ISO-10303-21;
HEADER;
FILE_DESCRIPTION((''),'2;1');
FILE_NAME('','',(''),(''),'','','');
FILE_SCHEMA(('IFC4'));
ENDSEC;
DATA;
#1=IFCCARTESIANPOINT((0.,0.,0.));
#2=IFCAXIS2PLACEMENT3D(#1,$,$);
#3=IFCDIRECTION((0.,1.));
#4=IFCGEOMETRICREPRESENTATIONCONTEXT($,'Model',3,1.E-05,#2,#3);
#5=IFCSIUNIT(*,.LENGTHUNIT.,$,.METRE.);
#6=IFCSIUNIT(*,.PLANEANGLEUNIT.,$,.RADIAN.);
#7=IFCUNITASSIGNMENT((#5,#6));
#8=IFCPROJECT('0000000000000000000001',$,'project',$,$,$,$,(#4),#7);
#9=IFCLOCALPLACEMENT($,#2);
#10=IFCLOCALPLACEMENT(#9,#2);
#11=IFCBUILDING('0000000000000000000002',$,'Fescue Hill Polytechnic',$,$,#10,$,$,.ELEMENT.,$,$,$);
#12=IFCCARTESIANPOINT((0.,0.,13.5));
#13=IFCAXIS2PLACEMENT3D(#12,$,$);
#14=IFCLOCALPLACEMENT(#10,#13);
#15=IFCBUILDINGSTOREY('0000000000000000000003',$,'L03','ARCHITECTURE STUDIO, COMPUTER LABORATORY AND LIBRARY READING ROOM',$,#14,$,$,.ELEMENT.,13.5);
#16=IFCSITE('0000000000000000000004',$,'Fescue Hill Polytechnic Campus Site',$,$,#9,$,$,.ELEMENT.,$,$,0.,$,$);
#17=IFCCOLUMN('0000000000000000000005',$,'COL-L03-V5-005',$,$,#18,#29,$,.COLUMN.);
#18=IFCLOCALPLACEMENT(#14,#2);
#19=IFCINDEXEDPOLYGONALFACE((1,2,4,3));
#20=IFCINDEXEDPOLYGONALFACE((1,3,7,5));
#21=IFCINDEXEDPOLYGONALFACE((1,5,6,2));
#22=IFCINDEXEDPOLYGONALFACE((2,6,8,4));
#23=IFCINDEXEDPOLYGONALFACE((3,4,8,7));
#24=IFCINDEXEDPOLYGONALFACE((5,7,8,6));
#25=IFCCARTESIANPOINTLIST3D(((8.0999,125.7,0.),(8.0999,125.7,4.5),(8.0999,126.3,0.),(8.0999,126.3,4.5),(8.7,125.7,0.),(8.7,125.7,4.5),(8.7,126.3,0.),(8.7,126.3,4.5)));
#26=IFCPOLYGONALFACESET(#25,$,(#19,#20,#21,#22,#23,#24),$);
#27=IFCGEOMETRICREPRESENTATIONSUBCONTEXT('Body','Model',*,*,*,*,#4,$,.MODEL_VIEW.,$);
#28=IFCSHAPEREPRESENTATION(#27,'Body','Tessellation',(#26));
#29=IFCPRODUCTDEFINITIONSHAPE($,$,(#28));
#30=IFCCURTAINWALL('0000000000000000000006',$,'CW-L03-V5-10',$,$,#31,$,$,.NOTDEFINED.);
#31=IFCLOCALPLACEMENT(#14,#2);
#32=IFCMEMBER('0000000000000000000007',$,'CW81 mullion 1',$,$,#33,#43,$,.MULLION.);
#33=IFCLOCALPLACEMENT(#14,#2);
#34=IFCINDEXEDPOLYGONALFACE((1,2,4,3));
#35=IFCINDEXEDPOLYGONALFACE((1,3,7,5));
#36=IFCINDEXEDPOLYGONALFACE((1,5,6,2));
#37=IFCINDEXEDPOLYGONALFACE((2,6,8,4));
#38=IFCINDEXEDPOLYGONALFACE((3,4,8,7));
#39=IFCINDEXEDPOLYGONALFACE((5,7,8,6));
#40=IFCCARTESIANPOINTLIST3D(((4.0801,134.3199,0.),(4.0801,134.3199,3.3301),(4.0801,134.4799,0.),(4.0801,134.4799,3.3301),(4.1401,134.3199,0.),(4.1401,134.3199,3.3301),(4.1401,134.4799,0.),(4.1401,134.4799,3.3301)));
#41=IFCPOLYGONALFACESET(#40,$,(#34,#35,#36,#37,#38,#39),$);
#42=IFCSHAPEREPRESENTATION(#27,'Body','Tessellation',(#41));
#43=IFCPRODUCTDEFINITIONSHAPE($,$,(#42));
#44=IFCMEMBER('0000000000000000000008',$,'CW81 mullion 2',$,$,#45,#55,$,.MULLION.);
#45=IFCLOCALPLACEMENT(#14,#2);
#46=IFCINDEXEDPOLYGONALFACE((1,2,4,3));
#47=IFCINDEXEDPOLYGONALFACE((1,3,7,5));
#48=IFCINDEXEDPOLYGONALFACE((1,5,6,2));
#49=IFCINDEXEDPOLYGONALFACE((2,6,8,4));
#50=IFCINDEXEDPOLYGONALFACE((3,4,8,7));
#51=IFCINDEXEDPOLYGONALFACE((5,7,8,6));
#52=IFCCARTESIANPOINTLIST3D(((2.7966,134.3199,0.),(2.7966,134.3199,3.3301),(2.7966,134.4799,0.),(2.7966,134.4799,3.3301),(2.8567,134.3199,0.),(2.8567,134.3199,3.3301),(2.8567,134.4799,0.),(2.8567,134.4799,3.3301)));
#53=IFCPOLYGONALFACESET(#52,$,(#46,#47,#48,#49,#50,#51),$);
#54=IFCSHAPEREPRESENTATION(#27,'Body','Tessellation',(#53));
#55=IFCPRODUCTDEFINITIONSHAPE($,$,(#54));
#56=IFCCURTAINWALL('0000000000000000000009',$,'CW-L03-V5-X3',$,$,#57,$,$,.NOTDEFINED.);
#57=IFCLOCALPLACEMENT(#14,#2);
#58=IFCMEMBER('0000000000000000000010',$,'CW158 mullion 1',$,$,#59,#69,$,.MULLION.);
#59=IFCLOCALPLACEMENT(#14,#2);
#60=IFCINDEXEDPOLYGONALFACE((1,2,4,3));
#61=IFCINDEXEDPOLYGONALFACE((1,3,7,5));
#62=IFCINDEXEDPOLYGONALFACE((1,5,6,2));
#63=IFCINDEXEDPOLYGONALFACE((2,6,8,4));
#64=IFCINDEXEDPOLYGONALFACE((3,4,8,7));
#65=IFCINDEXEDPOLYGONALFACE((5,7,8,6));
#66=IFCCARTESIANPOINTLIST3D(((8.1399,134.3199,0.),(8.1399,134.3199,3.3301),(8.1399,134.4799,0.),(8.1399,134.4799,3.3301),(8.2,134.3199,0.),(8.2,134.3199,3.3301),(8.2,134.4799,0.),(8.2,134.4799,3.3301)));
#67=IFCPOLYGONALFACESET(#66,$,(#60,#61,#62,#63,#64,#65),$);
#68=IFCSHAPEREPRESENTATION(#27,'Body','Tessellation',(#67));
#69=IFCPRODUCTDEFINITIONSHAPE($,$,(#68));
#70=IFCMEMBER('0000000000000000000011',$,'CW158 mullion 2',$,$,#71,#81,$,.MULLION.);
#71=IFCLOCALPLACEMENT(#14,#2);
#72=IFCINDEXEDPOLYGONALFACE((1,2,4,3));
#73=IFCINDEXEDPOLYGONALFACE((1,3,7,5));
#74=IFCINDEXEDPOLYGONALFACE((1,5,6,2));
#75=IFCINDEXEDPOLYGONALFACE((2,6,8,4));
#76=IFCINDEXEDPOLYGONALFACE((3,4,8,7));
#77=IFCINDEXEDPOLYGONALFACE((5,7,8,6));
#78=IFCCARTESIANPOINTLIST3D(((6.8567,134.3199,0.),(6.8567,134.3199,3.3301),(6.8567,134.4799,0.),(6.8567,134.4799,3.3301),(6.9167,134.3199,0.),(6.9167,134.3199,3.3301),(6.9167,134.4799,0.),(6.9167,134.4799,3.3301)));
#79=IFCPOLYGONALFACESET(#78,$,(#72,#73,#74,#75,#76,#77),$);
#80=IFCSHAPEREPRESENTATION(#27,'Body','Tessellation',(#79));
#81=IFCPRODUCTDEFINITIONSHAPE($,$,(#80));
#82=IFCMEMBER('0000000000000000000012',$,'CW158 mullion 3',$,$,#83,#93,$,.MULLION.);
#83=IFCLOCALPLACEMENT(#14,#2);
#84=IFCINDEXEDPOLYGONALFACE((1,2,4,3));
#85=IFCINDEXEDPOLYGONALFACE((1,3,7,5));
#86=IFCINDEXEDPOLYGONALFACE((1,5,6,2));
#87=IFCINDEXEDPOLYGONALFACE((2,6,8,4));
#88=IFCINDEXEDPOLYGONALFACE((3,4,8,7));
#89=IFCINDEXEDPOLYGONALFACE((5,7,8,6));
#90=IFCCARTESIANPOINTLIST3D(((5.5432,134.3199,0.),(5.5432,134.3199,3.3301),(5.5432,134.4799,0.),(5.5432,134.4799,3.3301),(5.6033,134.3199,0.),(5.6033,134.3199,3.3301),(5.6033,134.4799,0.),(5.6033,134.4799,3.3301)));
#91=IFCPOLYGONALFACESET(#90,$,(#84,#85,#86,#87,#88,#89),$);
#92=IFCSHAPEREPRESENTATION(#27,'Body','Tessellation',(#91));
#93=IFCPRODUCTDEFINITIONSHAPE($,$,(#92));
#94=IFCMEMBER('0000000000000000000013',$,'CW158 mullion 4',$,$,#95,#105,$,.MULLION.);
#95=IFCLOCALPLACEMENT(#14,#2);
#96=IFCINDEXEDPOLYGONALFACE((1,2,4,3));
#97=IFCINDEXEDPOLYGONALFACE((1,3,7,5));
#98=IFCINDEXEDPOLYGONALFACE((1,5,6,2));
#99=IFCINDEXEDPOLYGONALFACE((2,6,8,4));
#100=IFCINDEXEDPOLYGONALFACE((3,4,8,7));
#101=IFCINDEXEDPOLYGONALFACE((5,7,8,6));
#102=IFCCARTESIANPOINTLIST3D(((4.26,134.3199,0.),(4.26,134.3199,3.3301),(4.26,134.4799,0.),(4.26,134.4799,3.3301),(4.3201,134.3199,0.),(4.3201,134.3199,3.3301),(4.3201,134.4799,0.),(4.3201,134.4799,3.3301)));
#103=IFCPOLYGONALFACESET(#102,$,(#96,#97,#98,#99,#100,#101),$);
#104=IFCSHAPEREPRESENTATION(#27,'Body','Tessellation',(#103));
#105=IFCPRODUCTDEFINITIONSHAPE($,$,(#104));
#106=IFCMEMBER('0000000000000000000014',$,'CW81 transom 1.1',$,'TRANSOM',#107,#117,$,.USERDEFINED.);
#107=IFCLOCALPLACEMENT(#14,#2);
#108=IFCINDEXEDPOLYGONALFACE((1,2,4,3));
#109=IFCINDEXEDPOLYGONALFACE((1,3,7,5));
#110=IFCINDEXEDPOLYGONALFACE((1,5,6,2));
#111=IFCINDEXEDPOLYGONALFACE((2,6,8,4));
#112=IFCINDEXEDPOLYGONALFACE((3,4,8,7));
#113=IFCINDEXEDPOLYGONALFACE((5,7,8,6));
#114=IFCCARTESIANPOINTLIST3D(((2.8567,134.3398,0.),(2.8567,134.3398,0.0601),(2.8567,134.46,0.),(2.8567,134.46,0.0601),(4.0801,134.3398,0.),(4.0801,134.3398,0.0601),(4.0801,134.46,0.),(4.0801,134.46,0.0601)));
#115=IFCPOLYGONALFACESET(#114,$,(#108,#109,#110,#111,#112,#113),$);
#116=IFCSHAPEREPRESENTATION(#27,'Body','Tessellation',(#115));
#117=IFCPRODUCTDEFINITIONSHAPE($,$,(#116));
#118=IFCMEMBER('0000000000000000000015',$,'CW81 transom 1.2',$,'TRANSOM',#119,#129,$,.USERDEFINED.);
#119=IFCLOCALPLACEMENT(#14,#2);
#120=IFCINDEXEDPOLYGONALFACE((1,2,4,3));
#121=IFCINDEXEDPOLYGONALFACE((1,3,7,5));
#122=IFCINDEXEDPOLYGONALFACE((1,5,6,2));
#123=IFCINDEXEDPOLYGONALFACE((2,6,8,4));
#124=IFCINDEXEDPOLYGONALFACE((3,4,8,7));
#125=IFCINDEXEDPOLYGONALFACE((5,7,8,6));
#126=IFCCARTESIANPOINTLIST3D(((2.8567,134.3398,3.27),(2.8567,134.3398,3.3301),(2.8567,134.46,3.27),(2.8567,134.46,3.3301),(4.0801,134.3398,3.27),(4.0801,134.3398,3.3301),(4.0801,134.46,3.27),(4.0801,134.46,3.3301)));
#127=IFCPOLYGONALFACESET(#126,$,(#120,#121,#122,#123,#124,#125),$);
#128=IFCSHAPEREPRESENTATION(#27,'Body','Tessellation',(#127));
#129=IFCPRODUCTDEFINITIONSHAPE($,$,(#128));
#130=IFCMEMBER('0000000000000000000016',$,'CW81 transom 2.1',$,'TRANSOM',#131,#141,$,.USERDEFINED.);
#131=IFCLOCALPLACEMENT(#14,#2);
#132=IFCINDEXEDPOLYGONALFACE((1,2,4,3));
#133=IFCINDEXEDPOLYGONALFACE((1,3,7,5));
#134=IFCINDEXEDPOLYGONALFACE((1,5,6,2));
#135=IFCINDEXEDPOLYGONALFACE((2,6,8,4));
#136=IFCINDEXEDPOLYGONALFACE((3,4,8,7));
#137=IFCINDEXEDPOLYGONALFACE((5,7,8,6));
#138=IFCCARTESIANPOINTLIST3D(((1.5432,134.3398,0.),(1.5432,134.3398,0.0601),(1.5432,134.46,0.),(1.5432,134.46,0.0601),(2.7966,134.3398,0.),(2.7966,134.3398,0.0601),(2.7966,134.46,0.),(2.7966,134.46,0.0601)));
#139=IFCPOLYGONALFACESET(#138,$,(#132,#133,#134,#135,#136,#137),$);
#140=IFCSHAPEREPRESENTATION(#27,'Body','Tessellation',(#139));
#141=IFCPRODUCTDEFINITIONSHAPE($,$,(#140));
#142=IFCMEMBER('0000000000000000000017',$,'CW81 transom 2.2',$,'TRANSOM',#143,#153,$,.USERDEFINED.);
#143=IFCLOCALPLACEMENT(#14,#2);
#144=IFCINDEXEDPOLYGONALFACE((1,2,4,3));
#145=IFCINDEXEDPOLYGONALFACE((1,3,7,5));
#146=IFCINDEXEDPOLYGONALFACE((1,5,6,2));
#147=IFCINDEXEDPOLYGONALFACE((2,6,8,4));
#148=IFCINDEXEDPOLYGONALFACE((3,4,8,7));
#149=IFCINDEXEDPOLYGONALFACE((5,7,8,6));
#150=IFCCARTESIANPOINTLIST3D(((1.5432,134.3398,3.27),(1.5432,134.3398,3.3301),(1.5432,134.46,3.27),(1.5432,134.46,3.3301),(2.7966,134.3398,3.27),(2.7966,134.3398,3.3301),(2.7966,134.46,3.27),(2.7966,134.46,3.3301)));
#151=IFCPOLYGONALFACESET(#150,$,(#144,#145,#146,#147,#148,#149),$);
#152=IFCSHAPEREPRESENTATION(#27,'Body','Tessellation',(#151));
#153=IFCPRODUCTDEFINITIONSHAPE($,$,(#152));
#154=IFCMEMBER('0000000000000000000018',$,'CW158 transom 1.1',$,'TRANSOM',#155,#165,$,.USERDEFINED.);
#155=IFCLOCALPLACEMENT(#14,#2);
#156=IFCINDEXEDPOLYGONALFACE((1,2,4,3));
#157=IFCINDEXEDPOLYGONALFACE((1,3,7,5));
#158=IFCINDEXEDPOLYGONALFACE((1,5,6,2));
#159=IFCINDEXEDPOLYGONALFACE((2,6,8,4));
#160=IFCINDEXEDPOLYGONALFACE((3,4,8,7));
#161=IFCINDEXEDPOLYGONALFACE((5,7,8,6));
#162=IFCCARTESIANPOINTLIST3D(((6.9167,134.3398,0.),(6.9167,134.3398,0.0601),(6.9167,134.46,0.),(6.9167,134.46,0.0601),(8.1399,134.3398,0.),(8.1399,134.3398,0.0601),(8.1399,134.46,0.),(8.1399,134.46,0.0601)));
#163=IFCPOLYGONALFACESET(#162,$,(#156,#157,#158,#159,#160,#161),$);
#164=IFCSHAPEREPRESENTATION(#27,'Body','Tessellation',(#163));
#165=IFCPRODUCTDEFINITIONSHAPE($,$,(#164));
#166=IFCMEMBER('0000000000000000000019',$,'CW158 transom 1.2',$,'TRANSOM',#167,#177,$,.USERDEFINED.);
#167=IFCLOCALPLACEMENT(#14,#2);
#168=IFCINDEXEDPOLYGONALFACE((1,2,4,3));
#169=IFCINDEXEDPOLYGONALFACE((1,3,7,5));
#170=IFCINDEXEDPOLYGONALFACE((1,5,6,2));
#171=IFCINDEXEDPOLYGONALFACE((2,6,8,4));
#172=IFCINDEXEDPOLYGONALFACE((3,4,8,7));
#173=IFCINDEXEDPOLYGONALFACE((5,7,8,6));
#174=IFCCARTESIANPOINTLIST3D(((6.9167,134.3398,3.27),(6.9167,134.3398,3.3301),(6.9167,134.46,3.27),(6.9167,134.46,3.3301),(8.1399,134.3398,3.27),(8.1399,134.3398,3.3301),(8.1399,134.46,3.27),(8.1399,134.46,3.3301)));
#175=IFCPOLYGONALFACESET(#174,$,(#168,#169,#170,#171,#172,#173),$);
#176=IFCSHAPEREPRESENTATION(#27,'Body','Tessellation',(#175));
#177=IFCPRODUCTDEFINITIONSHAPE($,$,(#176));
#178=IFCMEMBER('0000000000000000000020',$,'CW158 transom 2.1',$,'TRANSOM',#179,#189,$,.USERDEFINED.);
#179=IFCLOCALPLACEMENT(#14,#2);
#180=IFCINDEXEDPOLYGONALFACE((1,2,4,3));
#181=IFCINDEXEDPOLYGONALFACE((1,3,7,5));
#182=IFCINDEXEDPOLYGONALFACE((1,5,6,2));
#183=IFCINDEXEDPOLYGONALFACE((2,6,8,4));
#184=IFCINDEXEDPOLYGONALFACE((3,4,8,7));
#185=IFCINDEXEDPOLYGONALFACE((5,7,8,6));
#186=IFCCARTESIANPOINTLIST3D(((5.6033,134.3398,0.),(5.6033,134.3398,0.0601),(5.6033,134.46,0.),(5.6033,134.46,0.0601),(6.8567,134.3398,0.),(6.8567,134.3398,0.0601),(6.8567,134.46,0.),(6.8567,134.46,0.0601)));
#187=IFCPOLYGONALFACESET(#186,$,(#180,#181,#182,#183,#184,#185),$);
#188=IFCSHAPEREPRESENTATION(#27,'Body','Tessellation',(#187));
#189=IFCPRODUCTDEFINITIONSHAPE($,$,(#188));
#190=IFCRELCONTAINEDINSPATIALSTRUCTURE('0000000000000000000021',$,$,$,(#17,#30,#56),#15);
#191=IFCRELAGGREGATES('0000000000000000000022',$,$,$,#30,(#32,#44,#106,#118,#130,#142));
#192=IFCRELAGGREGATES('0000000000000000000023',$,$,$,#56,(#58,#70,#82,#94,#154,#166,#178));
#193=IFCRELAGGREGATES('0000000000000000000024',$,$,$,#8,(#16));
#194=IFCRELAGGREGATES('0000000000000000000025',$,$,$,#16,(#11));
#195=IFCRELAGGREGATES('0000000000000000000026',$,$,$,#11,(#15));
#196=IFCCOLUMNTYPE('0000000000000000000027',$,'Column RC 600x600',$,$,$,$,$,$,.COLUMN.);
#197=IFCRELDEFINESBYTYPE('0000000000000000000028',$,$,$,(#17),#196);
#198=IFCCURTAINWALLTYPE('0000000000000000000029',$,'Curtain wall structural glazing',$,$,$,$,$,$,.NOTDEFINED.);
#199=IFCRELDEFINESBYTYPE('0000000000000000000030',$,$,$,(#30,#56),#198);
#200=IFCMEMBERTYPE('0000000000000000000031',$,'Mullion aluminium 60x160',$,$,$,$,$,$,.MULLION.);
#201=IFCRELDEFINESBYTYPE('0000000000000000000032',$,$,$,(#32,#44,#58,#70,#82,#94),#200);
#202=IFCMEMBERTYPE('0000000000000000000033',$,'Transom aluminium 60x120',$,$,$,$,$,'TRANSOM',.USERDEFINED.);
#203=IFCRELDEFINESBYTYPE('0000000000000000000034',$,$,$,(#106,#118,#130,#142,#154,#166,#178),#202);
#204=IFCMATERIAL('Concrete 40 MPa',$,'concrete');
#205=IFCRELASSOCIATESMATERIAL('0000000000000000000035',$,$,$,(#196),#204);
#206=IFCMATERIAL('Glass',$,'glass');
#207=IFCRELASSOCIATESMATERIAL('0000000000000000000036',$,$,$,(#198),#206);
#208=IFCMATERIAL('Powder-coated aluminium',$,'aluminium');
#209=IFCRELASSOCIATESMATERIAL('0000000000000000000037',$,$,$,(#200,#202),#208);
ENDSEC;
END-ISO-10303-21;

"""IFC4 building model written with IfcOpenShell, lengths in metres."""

from ifc_helpers import new_model, si_unit, direction, frame, origin, origin_2d, place, context, subcontext, project, spatial, rectangle, extrude, material, material_profile, profile_set, type_object, element, aggregate, save


model = new_model("IFC4")

# Units and contexts
model_context = context("Model", 3, precision=1e-05, world=origin(), true_north=direction((0.0, 1.0)))
body_context = subcontext(model_context, "Body", "Model", "MODEL_VIEW")
ifc_project = project(units=[si_unit("LENGTHUNIT", "METRE"), si_unit("PLANEANGLEUNIT", "RADIAN")], contexts=[model_context])

# Site, building, storey
site_placement = place(None, origin())
site = spatial("IfcSite", under=ifc_project, at=site_placement, Name="Fescue Hill Polytechnic Campus Site", CompositionType="ELEMENT", RefElevation=0.0)
building_placement = place(site_placement, origin())
building = spatial("IfcBuilding", under=site, at=building_placement, Name="Fescue Hill Polytechnic", CompositionType="ELEMENT")
storey_placement = place(building_placement, frame((0.0, 0.0, 13.5)))
storey = spatial("IfcBuildingStorey", under=building, at=storey_placement, Name="L03", Description="ARCHITECTURE STUDIO, COMPUTER LABORATORY AND LIBRARY READING ROOM", CompositionType="ELEMENT", Elevation=13.5)

# Column
ifc_material_1 = material(Name="Concrete 40 MPa", Category="concrete")
ifc_material_profile_1 = material_profile(ifc_material_1, rectangle(XDim=0.6001, YDim=0.6001, at=origin_2d()), Name="RC 600x600")
ifc_profile_set_1 = profile_set([ifc_material_profile_1], Name="Concrete 40 MPa")
column_type = type_object("IfcColumnType", Name="Column RC 600x600", PredefinedType="COLUMN", material=ifc_profile_set_1)
column_placement = place(storey_placement, frame((8.3999, 126.0, 0.0), z_axis=(0.0, 0.0, 1.0), x_axis=(1.0, 0.0, 0.0)))
element("IfcColumn", 1, at=column_placement, inside=storey, type_object=column_type, Name="COL-L03-V5-005", PredefinedType="COLUMN", context=body_context, shape_type="SweptSolid", body=[
    extrude(rectangle(XDim=0.6001, YDim=0.6001, at=origin_2d()), origin(), (0.0, 0.0, 1.0), 4.5),
])

# Curtain walls, members
ifc_material_2 = material(Name="Glass", Category="glass")
curtain_wall_type = type_object("IfcCurtainWallType", Name="Curtain wall structural glazing", PredefinedType="NOTDEFINED", material=ifc_material_2)
curtain_wall_1_placement = place(storey_placement, origin())
curtain_wall_1 = element("IfcCurtainWall", 2, at=curtain_wall_1_placement, inside=storey, type_object=curtain_wall_type, Name="CW-L03-V5-10", PredefinedType="NOTDEFINED")
ifc_material_3 = material(Name="Powder-coated aluminium", Category="aluminium")
ifc_material_profile_2 = material_profile(ifc_material_3, rectangle(XDim=0.1599, YDim=0.0601, at=origin_2d()), Name="Mullion aluminium 60x160")
ifc_profile_set_2 = profile_set([ifc_material_profile_2], Name="Powder-coated aluminium")
member_type_1 = type_object("IfcMemberType", Name="Mullion aluminium 60x160", PredefinedType="MULLION", material=ifc_profile_set_2)
member_1_placement = place(storey_placement, frame((4.1101, 134.3999, 0.0), z_axis=(0.0, 0.0, 1.0), x_axis=(0.0, -1.0, 0.0)))
member_1 = element("IfcMember", 3, at=member_1_placement, type_object=member_type_1, Name="CW81 mullion 1", PredefinedType="MULLION", context=body_context, shape_type="SweptSolid", body=[
    extrude(rectangle(XDim=0.1599, YDim=0.0601, at=origin_2d()), origin(), (0.0, 0.0, 1.0), 3.3301),
])
member_2_placement = place(storey_placement, frame((2.8267, 134.3999, 0.0), z_axis=(0.0, 0.0, 1.0), x_axis=(0.0, -1.0, 0.0)))
member_2 = element("IfcMember", 4, at=member_2_placement, type_object=member_type_1, Name="CW81 mullion 2", PredefinedType="MULLION", context=body_context, shape_type="SweptSolid", body=[
    extrude(rectangle(XDim=0.1599, YDim=0.0601, at=origin_2d()), origin(), (0.0, 0.0, 1.0), 3.3301),
])
curtain_wall_2_placement = place(storey_placement, origin())
curtain_wall_2 = element("IfcCurtainWall", 5, at=curtain_wall_2_placement, inside=storey, type_object=curtain_wall_type, Name="CW-L03-V5-X3", PredefinedType="NOTDEFINED")
member_3_placement = place(storey_placement, frame((8.1699, 134.3999, 0.0), z_axis=(0.0, 0.0, 1.0), x_axis=(0.0, -1.0, 0.0)))
member_3 = element("IfcMember", 6, at=member_3_placement, type_object=member_type_1, Name="CW158 mullion 1", PredefinedType="MULLION", context=body_context, shape_type="SweptSolid", body=[
    extrude(rectangle(XDim=0.1599, YDim=0.0601, at=origin_2d()), origin(), (0.0, 0.0, 1.0), 3.3301),
])
member_4_placement = place(storey_placement, frame((6.8867, 134.3999, 0.0), z_axis=(0.0, 0.0, 1.0), x_axis=(0.0, -1.0, 0.0)))
member_4 = element("IfcMember", 7, at=member_4_placement, type_object=member_type_1, Name="CW158 mullion 2", PredefinedType="MULLION", context=body_context, shape_type="SweptSolid", body=[
    extrude(rectangle(XDim=0.1599, YDim=0.0601, at=origin_2d()), origin(), (0.0, 0.0, 1.0), 3.3301),
])
member_5_placement = place(storey_placement, frame((5.5732, 134.3999, 0.0), z_axis=(0.0, 0.0, 1.0), x_axis=(0.0, -1.0, 0.0)))
member_5 = element("IfcMember", 8, at=member_5_placement, type_object=member_type_1, Name="CW158 mullion 3", PredefinedType="MULLION", context=body_context, shape_type="SweptSolid", body=[
    extrude(rectangle(XDim=0.1599, YDim=0.0601, at=origin_2d()), origin(), (0.0, 0.0, 1.0), 3.3301),
])
member_6_placement = place(storey_placement, frame((4.29, 134.3999, 0.0), z_axis=(0.0, 0.0, 1.0), x_axis=(0.0, -1.0, 0.0)))
member_6 = element("IfcMember", 9, at=member_6_placement, type_object=member_type_1, Name="CW158 mullion 4", PredefinedType="MULLION", context=body_context, shape_type="SweptSolid", body=[
    extrude(rectangle(XDim=0.1599, YDim=0.0601, at=origin_2d()), origin(), (0.0, 0.0, 1.0), 3.3301),
])

# Members
ifc_material_profile_3 = material_profile(ifc_material_3, rectangle(XDim=0.1201, YDim=0.0601, at=origin_2d()), Name="Transom aluminium 60x120")
ifc_profile_set_3 = profile_set([ifc_material_profile_3], Name="Powder-coated aluminium")
member_type_2 = type_object("IfcMemberType", Name="Transom aluminium 60x120", ElementType="TRANSOM", PredefinedType="USERDEFINED", material=ifc_profile_set_3)
member_7_placement = place(storey_placement, frame((4.0801, 134.3999, 0.03), z_axis=(-1.0, 0.0, 0.0), x_axis=(0.0, -1.0, 0.0)))
member_7 = element("IfcMember", 10, at=member_7_placement, type_object=member_type_2, Name="CW81 transom 1.1", ObjectType="TRANSOM", PredefinedType="USERDEFINED", context=body_context, shape_type="SweptSolid", body=[
    extrude(rectangle(XDim=0.1201, YDim=0.0601, at=origin_2d()), origin(), (0.0, 0.0, 1.0), 1.2234),
])
member_8_placement = place(storey_placement, frame((4.0801, 134.3999, 3.3), z_axis=(-1.0, 0.0, 0.0), x_axis=(0.0, -1.0, 0.0)))
member_8 = element("IfcMember", 11, at=member_8_placement, type_object=member_type_2, Name="CW81 transom 1.2", ObjectType="TRANSOM", PredefinedType="USERDEFINED", context=body_context, shape_type="SweptSolid", body=[
    extrude(rectangle(XDim=0.1201, YDim=0.0601, at=origin_2d()), origin(), (0.0, 0.0, 1.0), 1.2234),
])
member_9_placement = place(storey_placement, frame((2.7966, 134.3999, 0.03), z_axis=(-1.0, 0.0, 0.0), x_axis=(0.0, -1.0, 0.0)))
member_9 = element("IfcMember", 12, at=member_9_placement, type_object=member_type_2, Name="CW81 transom 2.1", ObjectType="TRANSOM", PredefinedType="USERDEFINED", context=body_context, shape_type="SweptSolid", body=[
    extrude(rectangle(XDim=0.1201, YDim=0.0601, at=origin_2d()), origin(), (0.0, 0.0, 1.0), 1.2534),
])
member_10_placement = place(storey_placement, frame((2.7966, 134.3999, 3.3), z_axis=(-1.0, 0.0, 0.0), x_axis=(0.0, -1.0, 0.0)))
member_10 = element("IfcMember", 13, at=member_10_placement, type_object=member_type_2, Name="CW81 transom 2.2", ObjectType="TRANSOM", PredefinedType="USERDEFINED", context=body_context, shape_type="SweptSolid", body=[
    extrude(rectangle(XDim=0.1201, YDim=0.0601, at=origin_2d()), origin(), (0.0, 0.0, 1.0), 1.2534),
])
member_11_placement = place(storey_placement, frame((8.1399, 134.3999, 0.03), z_axis=(-1.0, 0.0, 0.0), x_axis=(0.0, -1.0, 0.0)))
member_11 = element("IfcMember", 14, at=member_11_placement, type_object=member_type_2, Name="CW158 transom 1.1", ObjectType="TRANSOM", PredefinedType="USERDEFINED", context=body_context, shape_type="SweptSolid", body=[
    extrude(rectangle(XDim=0.1201, YDim=0.0601, at=origin_2d()), origin(), (0.0, 0.0, 1.0), 1.2231),
])
member_12_placement = place(storey_placement, frame((8.1399, 134.3999, 3.3), z_axis=(-1.0, 0.0, 0.0), x_axis=(0.0, -1.0, 0.0)))
member_12 = element("IfcMember", 15, at=member_12_placement, type_object=member_type_2, Name="CW158 transom 1.2", ObjectType="TRANSOM", PredefinedType="USERDEFINED", context=body_context, shape_type="SweptSolid", body=[
    extrude(rectangle(XDim=0.1201, YDim=0.0601, at=origin_2d()), origin(), (0.0, 0.0, 1.0), 1.2231),
])
member_13_placement = place(storey_placement, frame((6.8567, 134.3999, 0.03), z_axis=(-1.0, 0.0, 0.0), x_axis=(0.0, -1.0, 0.0)))
member_13 = element("IfcMember", 16, at=member_13_placement, type_object=member_type_2, Name="CW158 transom 2.1", ObjectType="TRANSOM", PredefinedType="USERDEFINED", context=body_context, shape_type="SweptSolid", body=[
    extrude(rectangle(XDim=0.1201, YDim=0.0601, at=origin_2d()), origin(), (0.0, 0.0, 1.0), 1.2534),
])

aggregate(curtain_wall_1, [member_1, member_2, member_7, member_8, member_9, member_10])
aggregate(curtain_wall_2, [member_3, member_4, member_5, member_6, member_11, member_12, member_13])

save(model, "model.ifc")
